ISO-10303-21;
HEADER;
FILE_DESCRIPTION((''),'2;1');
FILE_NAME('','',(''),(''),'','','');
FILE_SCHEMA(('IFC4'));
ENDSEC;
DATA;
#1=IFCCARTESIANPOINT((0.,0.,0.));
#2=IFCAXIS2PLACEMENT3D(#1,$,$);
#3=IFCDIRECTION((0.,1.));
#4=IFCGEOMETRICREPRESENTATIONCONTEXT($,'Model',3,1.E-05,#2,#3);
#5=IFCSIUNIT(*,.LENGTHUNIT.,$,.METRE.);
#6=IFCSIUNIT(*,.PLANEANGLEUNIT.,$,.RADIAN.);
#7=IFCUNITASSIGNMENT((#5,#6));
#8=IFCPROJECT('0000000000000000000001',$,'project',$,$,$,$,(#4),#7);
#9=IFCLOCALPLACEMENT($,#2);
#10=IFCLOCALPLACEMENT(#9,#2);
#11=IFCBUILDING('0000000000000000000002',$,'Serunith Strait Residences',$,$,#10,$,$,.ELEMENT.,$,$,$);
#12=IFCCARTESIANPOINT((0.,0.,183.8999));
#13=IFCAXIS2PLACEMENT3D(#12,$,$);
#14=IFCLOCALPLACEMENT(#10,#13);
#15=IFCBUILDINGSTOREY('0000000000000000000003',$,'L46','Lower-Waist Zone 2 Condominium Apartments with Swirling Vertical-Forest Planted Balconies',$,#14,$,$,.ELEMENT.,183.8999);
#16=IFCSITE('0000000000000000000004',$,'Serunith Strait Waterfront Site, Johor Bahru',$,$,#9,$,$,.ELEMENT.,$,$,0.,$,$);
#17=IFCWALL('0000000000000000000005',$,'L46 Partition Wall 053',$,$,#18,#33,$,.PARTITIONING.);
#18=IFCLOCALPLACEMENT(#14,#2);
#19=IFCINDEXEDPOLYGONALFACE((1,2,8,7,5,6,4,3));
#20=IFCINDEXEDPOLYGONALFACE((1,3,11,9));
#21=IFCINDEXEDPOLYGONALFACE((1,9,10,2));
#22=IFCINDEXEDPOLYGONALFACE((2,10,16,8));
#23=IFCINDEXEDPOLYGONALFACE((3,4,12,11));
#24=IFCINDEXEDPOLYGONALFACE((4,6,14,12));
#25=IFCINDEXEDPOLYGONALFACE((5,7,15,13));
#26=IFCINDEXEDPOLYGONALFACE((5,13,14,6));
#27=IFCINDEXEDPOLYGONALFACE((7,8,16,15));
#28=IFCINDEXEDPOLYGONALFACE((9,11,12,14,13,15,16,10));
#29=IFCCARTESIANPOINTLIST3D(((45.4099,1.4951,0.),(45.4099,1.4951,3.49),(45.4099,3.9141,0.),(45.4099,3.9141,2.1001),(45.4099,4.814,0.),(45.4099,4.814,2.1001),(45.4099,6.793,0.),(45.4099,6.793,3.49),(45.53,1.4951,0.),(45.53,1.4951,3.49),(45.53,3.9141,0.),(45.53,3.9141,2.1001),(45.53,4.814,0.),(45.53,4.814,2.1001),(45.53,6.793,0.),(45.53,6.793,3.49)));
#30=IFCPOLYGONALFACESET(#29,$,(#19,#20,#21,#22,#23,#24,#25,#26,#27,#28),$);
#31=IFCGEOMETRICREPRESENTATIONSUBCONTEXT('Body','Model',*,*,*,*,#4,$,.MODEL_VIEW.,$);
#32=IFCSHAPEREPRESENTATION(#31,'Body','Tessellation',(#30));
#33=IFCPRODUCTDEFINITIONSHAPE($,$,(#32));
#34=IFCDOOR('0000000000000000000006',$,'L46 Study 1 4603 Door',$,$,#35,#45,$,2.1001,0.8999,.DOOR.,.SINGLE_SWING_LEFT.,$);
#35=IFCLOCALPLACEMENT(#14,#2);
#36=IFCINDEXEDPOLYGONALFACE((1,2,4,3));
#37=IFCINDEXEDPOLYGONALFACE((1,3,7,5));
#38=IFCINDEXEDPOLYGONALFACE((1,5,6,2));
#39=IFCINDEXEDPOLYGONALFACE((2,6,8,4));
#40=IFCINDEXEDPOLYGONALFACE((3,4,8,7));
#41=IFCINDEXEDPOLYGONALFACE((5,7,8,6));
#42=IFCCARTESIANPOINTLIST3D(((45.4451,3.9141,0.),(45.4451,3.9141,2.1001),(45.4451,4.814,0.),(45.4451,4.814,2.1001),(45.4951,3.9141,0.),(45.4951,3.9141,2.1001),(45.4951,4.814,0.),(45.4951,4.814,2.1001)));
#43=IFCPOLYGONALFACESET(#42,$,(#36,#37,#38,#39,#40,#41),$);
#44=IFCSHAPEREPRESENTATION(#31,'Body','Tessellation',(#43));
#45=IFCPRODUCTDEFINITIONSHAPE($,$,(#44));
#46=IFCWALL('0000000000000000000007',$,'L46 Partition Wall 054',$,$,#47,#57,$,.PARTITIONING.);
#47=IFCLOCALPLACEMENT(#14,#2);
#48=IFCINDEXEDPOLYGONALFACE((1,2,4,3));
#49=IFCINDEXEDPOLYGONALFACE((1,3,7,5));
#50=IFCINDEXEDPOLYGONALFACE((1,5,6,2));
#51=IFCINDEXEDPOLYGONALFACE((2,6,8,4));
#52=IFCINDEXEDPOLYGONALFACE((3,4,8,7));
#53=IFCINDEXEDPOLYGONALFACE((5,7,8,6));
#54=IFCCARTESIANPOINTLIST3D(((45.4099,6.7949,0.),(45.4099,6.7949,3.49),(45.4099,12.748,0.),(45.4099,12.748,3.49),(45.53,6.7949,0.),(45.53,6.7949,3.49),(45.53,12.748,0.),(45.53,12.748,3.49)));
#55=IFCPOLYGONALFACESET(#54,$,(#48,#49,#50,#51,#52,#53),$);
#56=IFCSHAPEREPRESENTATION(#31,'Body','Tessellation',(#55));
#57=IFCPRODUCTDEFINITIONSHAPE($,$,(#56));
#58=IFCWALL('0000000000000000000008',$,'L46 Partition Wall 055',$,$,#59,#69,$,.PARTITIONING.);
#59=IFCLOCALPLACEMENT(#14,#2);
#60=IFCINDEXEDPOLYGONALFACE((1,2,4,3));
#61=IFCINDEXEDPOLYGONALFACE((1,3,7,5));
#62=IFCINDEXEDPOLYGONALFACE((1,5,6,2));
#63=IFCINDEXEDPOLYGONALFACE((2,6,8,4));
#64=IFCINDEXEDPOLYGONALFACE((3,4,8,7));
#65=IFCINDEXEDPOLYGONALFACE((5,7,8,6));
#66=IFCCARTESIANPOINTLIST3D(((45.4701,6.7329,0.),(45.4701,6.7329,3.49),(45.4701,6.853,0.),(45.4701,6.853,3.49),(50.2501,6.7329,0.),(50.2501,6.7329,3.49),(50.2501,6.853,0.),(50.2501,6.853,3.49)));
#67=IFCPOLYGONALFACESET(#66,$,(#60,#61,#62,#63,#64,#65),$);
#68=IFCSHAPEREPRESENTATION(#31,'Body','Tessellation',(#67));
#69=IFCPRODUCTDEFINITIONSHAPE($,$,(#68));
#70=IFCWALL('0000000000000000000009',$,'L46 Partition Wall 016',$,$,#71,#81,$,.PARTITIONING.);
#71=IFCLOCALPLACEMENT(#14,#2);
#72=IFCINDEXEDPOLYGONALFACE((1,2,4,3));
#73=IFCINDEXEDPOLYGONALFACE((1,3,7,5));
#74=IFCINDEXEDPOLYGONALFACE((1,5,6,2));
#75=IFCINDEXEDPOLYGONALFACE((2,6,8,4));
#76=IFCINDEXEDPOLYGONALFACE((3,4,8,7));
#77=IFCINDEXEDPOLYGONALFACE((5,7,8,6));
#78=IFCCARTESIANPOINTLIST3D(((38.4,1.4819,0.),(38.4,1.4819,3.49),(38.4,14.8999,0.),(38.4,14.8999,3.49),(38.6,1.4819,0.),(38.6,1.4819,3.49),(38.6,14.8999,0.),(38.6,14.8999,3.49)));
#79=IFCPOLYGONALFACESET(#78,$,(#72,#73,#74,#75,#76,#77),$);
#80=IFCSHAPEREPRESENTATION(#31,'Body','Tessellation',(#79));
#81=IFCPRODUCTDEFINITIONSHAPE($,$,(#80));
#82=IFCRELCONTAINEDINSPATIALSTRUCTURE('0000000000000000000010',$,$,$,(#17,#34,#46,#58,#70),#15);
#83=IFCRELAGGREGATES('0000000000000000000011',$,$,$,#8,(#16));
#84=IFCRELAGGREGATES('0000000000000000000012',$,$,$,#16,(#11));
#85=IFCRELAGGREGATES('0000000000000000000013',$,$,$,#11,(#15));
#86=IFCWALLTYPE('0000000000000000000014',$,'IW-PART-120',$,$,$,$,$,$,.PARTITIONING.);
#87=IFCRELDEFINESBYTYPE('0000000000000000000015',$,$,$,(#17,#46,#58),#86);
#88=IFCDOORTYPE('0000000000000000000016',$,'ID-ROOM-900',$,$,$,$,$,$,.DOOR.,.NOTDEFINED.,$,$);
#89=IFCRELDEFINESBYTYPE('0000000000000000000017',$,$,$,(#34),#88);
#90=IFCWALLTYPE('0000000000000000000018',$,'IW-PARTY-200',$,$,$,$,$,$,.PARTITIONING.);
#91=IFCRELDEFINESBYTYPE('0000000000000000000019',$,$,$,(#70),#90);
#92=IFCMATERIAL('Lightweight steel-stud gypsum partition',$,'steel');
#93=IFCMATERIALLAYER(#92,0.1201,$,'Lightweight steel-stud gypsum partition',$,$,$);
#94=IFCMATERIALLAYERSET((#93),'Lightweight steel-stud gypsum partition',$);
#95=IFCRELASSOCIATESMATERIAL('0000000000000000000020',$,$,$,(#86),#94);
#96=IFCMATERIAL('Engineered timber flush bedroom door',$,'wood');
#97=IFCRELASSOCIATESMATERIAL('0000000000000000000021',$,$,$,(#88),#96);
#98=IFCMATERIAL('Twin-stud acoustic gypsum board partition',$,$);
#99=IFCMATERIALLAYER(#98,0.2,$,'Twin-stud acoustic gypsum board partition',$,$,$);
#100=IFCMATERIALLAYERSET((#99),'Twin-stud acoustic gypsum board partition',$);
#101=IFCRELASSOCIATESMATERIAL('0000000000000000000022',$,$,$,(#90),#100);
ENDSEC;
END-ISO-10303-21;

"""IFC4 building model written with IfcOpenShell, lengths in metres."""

from ifc_helpers import new_model, si_unit, direction, frame, frame_2d, origin, place, context, subcontext, project, spatial, rectangle, extrude, source, transform, mapped, material, layer, layer_set, type_object, element, fill, save


model = new_model("IFC4")

# Units and contexts
model_context = context("Model", 3, precision=1e-05, world=origin(), true_north=direction((0.0, 1.0)))
body_context = subcontext(model_context, "Body", "Model", "MODEL_VIEW")
ifc_project = project(units=[si_unit("LENGTHUNIT", "METRE"), si_unit("PLANEANGLEUNIT", "RADIAN")], contexts=[model_context])

# Site, building, storey
site_placement = place(None, origin())
site = spatial("IfcSite", under=ifc_project, at=site_placement, Name="Serunith Strait Waterfront Site, Johor Bahru", CompositionType="ELEMENT", RefElevation=0.0)
building_placement = place(site_placement, origin())
building = spatial("IfcBuilding", under=site, at=building_placement, Name="Serunith Strait Residences", CompositionType="ELEMENT")
storey_placement = place(building_placement, frame((0.0, 0.0, 183.8999)))
storey = spatial("IfcBuildingStorey", under=building, at=storey_placement, Name="L46", Description="Lower-Waist Zone 2 Condominium Apartments with Swirling Vertical-Forest Planted Balconies", CompositionType="ELEMENT", Elevation=183.8999)

# Shared definitions
ifc_material_1 = material(Name="Lightweight steel-stud gypsum partition", Category="steel")
ifc_layer_1 = layer(ifc_material_1, 0.1201, Name="Lightweight steel-stud gypsum partition")
ifc_layer_set_1 = layer_set([ifc_layer_1], Name="Lightweight steel-stud gypsum partition")
wall_type_1 = type_object("IfcWallType", Name="IW-PART-120", PredefinedType="PARTITIONING", material=ifc_layer_set_1)
ifc_material_2 = material(Name="Engineered timber flush bedroom door", Category="wood")
door_type_1 = type_object("IfcDoorType", Name="ID-ROOM-900", OperationType="NOTDEFINED", PredefinedType="DOOR", material=ifc_material_2)
shared_shape_1 = source(origin(), body_context, "Body", "SweptSolid", [
    extrude(rectangle(XDim=0.8999, YDim=2.1001, at=frame_2d((0.45, 1.05))), frame((0.0, 0.0249, 0.0), z_axis=(0.0, -1.0, 0.0), x_axis=(1.0, 0.0, 0.0)), (0.0, 0.0, 1.0), 0.05),
])

# Wall, opening, door
wall_1_placement = place(storey_placement, frame((45.47, 1.4951, 0.0), z_axis=(0.0, 0.0, 1.0), x_axis=(0.0, 1.0, 0.0)))
wall_1 = element("IfcWall", 1, at=wall_1_placement, inside=storey, type_object=wall_type_1, Name="L46 Partition Wall 053", PredefinedType="PARTITIONING", context=body_context, shape_type="SweptSolid", body=[
    extrude(rectangle(XDim=5.2979, YDim=0.1201, at=frame_2d((2.6489, 0.0))), origin(), (0.0, 0.0, 1.0), 3.49),
])
opening_1_placement = place(wall_1_placement, frame((2.4189, 0.0, 0.0)))
opening_1 = element("IfcOpeningElement", 2, at=opening_1_placement, cuts=wall_1, PredefinedType="OPENING", context=body_context, shape_type="SweptSolid", body=[
    extrude(rectangle(XDim=0.8999, YDim=2.1001, at=frame_2d((0.45, 1.05))), frame((0.0, 0.0701, 0.0), z_axis=(0.0, -1.0, 0.0), x_axis=(1.0, 0.0, 0.0)), (0.0, 0.0, 1.0), 0.1401),
])
door_1_placement = place(opening_1_placement, origin())
door_1 = element("IfcDoor", 3, at=door_1_placement, inside=storey, type_object=door_type_1, Name="L46 Study 1 4603 Door", OperationType="SINGLE_SWING_LEFT", OverallHeight=2.1001, OverallWidth=0.8999, PredefinedType="DOOR", context=body_context, shape_type="MappedRepresentation", body=[
    mapped(shared_shape_1, transform((0.0, 0.0, 0.0), scale=1.0)),
])
fill(opening_1, door_1)

# Walls
wall_2_placement = place(storey_placement, frame((45.47, 6.7949, 0.0), z_axis=(0.0, 0.0, 1.0), x_axis=(0.0, 1.0, 0.0)))
element("IfcWall", 4, at=wall_2_placement, inside=storey, type_object=wall_type_1, Name="L46 Partition Wall 054", PredefinedType="PARTITIONING", context=body_context, shape_type="SweptSolid", body=[
    extrude(rectangle(XDim=5.9531, YDim=0.1201, at=frame_2d((2.9766, 0.0))), origin(), (0.0, 0.0, 1.0), 3.49),
])
wall_3_placement = place(storey_placement, frame((45.47, 6.793, 0.0), z_axis=(0.0, 0.0, 1.0), x_axis=(1.0, 0.0, 0.0)))
element("IfcWall", 5, at=wall_3_placement, inside=storey, type_object=wall_type_1, Name="L46 Partition Wall 055", PredefinedType="PARTITIONING", context=body_context, shape_type="SweptSolid", body=[
    extrude(rectangle(XDim=4.78, YDim=0.1201, at=frame_2d((2.3901, 0.0))), origin(), (0.0, 0.0, 1.0), 3.49),
])
ifc_material_3 = material(Name="Twin-stud acoustic gypsum board partition")
ifc_layer_2 = layer(ifc_material_3, 0.2, Name="Twin-stud acoustic gypsum board partition")
ifc_layer_set_2 = layer_set([ifc_layer_2], Name="Twin-stud acoustic gypsum board partition")
wall_type_2 = type_object("IfcWallType", Name="IW-PARTY-200", PredefinedType="PARTITIONING", material=ifc_layer_set_2)
wall_4_placement = place(storey_placement, frame((38.5, 1.4819, 0.0), z_axis=(0.0, 0.0, 1.0), x_axis=(0.0, 1.0, 0.0)))
element("IfcWall", 6, at=wall_4_placement, inside=storey, type_object=wall_type_2, Name="L46 Partition Wall 016", PredefinedType="PARTITIONING", context=body_context, shape_type="SweptSolid", body=[
    extrude(rectangle(XDim=13.418, YDim=0.2, at=frame_2d((6.709, 0.0))), origin(), (0.0, 0.0, 1.0), 3.49),
])

save(model, "model.ifc")
